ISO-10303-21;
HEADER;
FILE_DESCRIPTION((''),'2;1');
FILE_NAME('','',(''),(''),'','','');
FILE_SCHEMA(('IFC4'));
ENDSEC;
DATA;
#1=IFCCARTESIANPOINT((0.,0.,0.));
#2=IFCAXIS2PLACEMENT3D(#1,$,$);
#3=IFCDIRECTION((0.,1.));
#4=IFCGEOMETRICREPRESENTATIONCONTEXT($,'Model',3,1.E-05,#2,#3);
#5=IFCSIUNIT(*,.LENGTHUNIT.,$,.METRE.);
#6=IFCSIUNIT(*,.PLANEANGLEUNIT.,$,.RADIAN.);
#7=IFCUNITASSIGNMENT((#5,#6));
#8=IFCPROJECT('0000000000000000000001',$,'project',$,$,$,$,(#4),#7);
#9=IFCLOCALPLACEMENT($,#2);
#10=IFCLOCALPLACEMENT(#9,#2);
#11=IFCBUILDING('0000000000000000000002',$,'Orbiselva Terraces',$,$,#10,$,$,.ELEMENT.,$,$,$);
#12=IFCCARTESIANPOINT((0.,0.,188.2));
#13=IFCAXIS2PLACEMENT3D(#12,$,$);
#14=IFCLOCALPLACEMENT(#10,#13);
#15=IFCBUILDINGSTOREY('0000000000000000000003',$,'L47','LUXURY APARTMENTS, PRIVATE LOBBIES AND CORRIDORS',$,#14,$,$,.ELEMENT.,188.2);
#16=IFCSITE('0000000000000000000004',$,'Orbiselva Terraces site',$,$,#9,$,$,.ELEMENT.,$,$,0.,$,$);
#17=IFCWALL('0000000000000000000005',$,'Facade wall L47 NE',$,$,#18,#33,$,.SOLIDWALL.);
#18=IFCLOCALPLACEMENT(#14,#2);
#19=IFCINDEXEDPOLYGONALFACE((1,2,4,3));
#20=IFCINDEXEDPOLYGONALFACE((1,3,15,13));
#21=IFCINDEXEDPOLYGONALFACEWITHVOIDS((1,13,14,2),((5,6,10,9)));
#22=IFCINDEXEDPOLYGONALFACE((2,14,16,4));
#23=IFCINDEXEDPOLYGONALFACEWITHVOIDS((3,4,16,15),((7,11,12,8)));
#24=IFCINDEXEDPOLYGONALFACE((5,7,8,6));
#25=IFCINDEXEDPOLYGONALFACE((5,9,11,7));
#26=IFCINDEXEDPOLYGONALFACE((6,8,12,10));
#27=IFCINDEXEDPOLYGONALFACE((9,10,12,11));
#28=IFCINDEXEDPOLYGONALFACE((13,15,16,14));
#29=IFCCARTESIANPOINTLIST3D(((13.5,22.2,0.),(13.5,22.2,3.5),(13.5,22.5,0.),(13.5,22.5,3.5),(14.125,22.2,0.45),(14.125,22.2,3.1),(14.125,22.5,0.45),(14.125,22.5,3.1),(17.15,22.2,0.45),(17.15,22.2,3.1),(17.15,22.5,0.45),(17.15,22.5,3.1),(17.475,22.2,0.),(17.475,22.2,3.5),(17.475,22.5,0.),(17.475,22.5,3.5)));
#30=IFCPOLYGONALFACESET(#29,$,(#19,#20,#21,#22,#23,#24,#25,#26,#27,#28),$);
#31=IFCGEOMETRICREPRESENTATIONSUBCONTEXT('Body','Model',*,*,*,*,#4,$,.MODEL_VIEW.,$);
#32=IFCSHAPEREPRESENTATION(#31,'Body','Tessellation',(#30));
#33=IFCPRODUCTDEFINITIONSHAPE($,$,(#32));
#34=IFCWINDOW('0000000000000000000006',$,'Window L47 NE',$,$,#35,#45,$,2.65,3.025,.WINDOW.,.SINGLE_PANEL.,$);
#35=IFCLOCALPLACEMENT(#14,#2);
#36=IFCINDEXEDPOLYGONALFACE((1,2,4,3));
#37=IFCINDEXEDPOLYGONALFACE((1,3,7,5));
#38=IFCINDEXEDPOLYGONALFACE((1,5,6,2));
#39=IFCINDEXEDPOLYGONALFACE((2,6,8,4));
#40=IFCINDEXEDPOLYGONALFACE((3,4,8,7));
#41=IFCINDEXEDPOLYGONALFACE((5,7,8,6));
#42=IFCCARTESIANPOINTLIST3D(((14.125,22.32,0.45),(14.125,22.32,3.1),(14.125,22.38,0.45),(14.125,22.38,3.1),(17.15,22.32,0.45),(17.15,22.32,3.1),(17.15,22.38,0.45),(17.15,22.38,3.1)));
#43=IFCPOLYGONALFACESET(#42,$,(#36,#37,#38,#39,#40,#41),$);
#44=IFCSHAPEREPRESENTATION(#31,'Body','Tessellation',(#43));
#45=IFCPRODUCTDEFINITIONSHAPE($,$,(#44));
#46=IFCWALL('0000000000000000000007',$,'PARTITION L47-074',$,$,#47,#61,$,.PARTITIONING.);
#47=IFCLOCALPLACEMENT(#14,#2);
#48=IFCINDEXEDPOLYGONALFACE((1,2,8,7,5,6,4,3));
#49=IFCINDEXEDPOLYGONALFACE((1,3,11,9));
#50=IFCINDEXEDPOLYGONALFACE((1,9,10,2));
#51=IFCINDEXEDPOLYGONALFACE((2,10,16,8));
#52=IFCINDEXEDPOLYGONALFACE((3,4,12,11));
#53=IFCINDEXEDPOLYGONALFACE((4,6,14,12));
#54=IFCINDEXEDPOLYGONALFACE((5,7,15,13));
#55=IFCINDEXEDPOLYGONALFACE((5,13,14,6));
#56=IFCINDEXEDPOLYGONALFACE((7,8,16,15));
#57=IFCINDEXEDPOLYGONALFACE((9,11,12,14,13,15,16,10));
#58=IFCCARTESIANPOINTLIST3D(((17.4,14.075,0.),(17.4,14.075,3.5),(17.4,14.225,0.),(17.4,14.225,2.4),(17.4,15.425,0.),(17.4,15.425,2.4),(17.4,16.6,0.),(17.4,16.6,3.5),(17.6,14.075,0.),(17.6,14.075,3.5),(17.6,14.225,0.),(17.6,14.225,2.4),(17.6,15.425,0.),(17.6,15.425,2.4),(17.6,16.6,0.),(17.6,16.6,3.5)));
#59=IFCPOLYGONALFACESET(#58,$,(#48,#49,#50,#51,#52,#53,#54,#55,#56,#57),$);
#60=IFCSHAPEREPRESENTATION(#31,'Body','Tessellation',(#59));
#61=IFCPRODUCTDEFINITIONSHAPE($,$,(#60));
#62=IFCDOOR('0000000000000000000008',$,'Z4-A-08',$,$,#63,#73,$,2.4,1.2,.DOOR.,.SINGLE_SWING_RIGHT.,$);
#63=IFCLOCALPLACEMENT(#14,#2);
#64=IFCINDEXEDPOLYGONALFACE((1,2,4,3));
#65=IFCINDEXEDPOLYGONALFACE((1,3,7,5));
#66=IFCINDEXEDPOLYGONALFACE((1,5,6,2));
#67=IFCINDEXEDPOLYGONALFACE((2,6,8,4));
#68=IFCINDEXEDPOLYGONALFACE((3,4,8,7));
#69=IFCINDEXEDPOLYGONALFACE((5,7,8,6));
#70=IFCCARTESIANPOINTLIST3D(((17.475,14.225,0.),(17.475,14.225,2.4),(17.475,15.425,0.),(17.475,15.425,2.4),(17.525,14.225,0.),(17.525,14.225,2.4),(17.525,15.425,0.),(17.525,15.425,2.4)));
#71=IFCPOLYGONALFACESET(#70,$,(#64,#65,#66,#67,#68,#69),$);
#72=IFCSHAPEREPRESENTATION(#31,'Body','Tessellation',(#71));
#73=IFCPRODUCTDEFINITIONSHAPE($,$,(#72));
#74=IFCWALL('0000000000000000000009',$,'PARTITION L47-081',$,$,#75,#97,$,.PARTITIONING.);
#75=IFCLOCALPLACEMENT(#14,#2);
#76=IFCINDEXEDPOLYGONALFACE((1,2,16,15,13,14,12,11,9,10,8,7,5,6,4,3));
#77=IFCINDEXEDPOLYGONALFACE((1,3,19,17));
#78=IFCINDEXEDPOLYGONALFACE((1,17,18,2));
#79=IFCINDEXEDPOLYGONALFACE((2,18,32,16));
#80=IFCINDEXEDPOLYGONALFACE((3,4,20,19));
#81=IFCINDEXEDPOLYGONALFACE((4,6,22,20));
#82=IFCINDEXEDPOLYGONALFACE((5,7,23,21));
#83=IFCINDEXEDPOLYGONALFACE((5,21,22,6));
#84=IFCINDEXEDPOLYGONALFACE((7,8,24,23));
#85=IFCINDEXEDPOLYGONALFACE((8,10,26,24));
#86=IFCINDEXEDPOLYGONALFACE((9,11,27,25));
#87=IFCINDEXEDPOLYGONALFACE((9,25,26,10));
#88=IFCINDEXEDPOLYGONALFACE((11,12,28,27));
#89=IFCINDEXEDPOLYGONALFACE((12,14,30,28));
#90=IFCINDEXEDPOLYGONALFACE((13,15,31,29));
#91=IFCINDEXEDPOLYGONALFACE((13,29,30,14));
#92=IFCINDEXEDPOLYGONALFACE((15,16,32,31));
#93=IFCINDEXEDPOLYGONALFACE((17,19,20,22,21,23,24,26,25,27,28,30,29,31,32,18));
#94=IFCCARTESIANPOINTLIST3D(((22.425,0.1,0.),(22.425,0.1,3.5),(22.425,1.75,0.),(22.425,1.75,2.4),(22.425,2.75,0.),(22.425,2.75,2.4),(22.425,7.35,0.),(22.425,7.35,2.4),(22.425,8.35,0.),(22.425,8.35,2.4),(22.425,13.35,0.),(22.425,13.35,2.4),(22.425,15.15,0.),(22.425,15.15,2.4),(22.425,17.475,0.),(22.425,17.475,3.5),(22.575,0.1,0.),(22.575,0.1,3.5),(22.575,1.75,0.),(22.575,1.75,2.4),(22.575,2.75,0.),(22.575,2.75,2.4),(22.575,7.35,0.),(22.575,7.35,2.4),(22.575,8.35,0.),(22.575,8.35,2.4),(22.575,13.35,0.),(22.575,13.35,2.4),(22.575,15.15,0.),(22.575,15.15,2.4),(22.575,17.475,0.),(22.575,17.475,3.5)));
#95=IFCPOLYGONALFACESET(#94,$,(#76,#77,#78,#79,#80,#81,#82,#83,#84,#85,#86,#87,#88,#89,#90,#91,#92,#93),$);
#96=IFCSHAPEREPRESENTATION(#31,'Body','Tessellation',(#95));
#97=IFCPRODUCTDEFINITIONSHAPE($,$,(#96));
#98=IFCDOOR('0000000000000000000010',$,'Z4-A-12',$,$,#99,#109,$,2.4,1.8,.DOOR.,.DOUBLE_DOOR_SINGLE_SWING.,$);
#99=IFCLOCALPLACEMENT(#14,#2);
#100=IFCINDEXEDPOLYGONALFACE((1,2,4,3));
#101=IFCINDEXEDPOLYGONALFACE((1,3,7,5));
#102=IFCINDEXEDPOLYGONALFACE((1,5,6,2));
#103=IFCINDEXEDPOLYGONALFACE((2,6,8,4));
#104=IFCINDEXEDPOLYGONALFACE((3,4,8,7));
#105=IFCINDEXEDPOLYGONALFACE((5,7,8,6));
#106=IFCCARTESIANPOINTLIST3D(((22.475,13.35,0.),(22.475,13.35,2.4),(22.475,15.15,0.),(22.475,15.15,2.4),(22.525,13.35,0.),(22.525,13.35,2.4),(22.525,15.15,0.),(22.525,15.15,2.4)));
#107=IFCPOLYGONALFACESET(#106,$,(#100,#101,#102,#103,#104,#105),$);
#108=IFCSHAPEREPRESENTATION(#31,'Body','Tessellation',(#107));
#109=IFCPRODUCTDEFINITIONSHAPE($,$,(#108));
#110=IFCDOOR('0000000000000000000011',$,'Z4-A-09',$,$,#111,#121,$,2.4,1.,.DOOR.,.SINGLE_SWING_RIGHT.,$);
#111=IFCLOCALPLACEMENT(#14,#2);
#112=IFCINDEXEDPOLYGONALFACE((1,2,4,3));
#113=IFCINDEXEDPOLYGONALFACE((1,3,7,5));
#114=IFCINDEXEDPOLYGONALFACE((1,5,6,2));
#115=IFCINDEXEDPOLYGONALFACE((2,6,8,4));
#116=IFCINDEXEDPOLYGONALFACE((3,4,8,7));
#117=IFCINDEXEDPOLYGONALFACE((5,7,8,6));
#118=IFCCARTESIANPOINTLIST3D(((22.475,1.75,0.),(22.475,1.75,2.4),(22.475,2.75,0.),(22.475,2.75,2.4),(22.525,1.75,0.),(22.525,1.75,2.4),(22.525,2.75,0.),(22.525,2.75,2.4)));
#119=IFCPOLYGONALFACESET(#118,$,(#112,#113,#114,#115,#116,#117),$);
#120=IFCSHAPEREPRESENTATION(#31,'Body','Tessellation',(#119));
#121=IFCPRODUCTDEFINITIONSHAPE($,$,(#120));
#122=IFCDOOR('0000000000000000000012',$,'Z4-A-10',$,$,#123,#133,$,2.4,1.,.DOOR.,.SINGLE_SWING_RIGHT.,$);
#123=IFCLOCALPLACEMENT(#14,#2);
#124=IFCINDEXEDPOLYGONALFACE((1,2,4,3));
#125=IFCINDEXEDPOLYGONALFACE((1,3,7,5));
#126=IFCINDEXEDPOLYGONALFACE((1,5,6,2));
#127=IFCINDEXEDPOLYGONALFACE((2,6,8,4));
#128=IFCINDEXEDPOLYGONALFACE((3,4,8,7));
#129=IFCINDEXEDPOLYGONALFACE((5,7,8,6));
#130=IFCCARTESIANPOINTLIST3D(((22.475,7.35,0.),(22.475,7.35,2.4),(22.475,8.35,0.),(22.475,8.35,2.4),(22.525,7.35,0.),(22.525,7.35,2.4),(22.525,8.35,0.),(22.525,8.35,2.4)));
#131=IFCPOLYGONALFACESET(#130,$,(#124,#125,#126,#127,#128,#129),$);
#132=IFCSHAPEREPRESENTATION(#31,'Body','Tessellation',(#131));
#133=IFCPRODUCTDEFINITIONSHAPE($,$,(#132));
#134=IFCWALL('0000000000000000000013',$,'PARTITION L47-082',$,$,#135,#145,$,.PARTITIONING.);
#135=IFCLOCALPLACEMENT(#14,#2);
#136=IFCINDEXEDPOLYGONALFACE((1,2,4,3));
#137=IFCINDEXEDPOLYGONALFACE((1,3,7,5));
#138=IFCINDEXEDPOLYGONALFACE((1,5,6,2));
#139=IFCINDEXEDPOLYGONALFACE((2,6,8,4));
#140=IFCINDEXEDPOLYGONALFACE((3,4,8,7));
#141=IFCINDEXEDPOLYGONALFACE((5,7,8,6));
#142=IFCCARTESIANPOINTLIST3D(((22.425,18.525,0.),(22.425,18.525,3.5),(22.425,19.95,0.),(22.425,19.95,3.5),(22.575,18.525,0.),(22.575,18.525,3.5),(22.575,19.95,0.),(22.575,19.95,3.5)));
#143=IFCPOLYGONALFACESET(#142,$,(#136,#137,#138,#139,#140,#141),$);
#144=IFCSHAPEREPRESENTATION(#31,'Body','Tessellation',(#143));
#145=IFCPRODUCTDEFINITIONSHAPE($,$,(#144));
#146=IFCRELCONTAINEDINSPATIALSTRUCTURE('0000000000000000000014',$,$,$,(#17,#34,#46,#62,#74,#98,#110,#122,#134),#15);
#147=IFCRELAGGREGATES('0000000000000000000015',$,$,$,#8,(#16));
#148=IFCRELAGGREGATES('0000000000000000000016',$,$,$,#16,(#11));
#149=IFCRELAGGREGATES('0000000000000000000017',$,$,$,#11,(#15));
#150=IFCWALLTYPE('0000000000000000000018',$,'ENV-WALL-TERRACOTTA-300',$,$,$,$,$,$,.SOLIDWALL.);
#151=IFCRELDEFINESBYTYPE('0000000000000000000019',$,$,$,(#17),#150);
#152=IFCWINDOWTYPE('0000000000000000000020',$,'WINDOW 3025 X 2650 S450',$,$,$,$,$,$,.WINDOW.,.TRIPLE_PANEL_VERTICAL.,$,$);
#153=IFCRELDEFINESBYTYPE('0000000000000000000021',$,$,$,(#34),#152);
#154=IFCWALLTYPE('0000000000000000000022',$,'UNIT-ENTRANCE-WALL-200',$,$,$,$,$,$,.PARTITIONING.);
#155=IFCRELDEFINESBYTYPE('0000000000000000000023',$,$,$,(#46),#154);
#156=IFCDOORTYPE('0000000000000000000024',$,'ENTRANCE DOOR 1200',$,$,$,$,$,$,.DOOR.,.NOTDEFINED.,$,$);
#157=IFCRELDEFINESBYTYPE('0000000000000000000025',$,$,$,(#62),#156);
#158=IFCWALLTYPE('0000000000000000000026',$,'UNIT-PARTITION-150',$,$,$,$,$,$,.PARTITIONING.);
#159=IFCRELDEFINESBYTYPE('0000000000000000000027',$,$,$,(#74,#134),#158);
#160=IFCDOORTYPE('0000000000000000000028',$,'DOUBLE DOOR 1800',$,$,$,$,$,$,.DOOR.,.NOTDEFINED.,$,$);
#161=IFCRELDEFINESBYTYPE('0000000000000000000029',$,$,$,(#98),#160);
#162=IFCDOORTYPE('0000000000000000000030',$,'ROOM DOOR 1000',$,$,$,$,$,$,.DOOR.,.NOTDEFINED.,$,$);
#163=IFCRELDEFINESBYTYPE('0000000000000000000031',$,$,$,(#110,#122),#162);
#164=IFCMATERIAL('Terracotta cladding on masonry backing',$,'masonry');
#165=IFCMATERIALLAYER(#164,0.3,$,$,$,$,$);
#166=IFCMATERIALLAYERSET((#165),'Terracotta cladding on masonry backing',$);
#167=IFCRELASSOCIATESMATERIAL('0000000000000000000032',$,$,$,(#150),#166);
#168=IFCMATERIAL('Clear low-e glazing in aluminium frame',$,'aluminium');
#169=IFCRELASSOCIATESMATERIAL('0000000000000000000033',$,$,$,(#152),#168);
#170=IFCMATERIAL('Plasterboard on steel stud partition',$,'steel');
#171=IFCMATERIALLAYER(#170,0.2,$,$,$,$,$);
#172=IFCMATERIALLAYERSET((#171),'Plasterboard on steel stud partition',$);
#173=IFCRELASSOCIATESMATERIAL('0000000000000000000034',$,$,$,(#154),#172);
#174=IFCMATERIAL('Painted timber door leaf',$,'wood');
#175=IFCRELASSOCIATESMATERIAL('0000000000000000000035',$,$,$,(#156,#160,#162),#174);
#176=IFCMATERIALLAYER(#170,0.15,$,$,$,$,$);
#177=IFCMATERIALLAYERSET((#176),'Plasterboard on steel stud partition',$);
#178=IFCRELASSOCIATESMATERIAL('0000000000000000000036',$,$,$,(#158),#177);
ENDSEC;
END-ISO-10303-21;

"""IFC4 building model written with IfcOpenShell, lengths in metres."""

from ifc_helpers import new_model, si_unit, direction, frame, frame_2d, origin, place, context, subcontext, project, spatial, rectangle, extrude, material, layer, layer_set, type_object, element, fill, save


model = new_model("IFC4")

# Units and contexts
model_context = context("Model", 3, precision=1e-05, world=origin(), true_north=direction((0.0, 1.0)))
body_context = subcontext(model_context, "Body", "Model", "MODEL_VIEW")
ifc_project = project(units=[si_unit("LENGTHUNIT", "METRE"), si_unit("PLANEANGLEUNIT", "RADIAN")], contexts=[model_context])

# Site, building, storey
site_placement = place(None, origin())
site = spatial("IfcSite", under=ifc_project, at=site_placement, Name="Orbiselva Terraces site", CompositionType="ELEMENT", RefElevation=0.0)
building_placement = place(site_placement, origin())
building = spatial("IfcBuilding", under=site, at=building_placement, Name="Orbiselva Terraces", CompositionType="ELEMENT")
storey_placement = place(building_placement, frame((0.0, 0.0, 188.2)))
storey = spatial("IfcBuildingStorey", under=building, at=storey_placement, Name="L47", Description="LUXURY APARTMENTS, PRIVATE LOBBIES AND CORRIDORS", CompositionType="ELEMENT", Elevation=188.2)

# Shared definitions
ifc_material_1 = material(Name="Terracotta cladding on masonry backing", Category="masonry")
ifc_layer_1 = layer(ifc_material_1, 0.3)
ifc_layer_set_1 = layer_set([ifc_layer_1], Name="Terracotta cladding on masonry backing")
wall_type_1 = type_object("IfcWallType", Name="ENV-WALL-TERRACOTTA-300", PredefinedType="SOLIDWALL", material=ifc_layer_set_1)
ifc_material_2 = material(Name="Clear low-e glazing in aluminium frame", Category="aluminium")
window_type = type_object("IfcWindowType", Name="WINDOW 3025 X 2650 S450", PartitioningType="TRIPLE_PANEL_VERTICAL", PredefinedType="WINDOW", material=ifc_material_2)

# Wall, opening, window
wall_1_placement = place(storey_placement, frame((13.5, 22.35, 0.0), z_axis=(0.0, 0.0, 1.0), x_axis=(1.0, 0.0, 0.0)))
wall_1 = element("IfcWall", 1, at=wall_1_placement, inside=storey, type_object=wall_type_1, Name="Facade wall L47 NE", PredefinedType="SOLIDWALL", context=body_context, shape_type="SweptSolid", body=[
    extrude(rectangle(XDim=3.975, YDim=0.3, at=frame_2d((1.9875, 0.0))), origin(), (0.0, 0.0, 1.0), 3.5),
])
opening_1_placement = place(wall_1_placement, frame((0.625, 0.0, 0.45)))
opening_1 = element("IfcOpeningElement", 2, at=opening_1_placement, cuts=wall_1, PredefinedType="OPENING", context=body_context, shape_type="SweptSolid", body=[
    extrude(rectangle(XDim=3.025, YDim=2.65, at=frame_2d((1.5125, 1.325))), frame((0.0, 0.16, 0.0), z_axis=(0.0, -1.0, 0.0), x_axis=(1.0, 0.0, 0.0)), (0.0, 0.0, 1.0), 0.32),
])
window_1_placement = place(opening_1_placement, origin())
window_1 = element("IfcWindow", 3, at=window_1_placement, inside=storey, type_object=window_type, Name="Window L47 NE", OverallHeight=2.65, OverallWidth=3.025, PartitioningType="SINGLE_PANEL", PredefinedType="WINDOW", context=body_context, shape_type="SweptSolid", body=[
    extrude(rectangle(XDim=3.025, YDim=2.65, at=frame_2d((1.5125, 1.325))), frame((0.0, 0.03, 0.0), z_axis=(0.0, -1.0, 0.0), x_axis=(1.0, 0.0, 0.0)), (0.0, 0.0, 1.0), 0.06),
])
fill(opening_1, window_1)

# Wall, opening, door
ifc_material_3 = material(Name="Plasterboard on steel stud partition", Category="steel")
ifc_layer_2 = layer(ifc_material_3, 0.2)
ifc_layer_set_2 = layer_set([ifc_layer_2], Name="Plasterboard on steel stud partition")
wall_type_2 = type_object("IfcWallType", Name="UNIT-ENTRANCE-WALL-200", PredefinedType="PARTITIONING", material=ifc_layer_set_2)
wall_2_placement = place(storey_placement, frame((17.5, 16.6, 0.0), z_axis=(0.0, 0.0, 1.0), x_axis=(0.0, -1.0, 0.0)))
wall_2 = element("IfcWall", 4, at=wall_2_placement, inside=storey, type_object=wall_type_2, Name="PARTITION L47-074", PredefinedType="PARTITIONING", context=body_context, shape_type="SweptSolid", body=[
    extrude(rectangle(XDim=2.525, YDim=0.2, at=frame_2d((1.2625, 0.0))), origin(), (0.0, 0.0, 1.0), 3.5),
])
opening_2_placement = place(wall_2_placement, frame((1.175, 0.0, 0.0)))
opening_2 = element("IfcOpeningElement", 5, at=opening_2_placement, cuts=wall_2, PredefinedType="OPENING", context=body_context, shape_type="SweptSolid", body=[
    extrude(rectangle(XDim=1.2, YDim=2.4, at=frame_2d((0.6, 1.2))), frame((0.0, 0.11, 0.0), z_axis=(0.0, -1.0, 0.0), x_axis=(1.0, 0.0, 0.0)), (0.0, 0.0, 1.0), 0.22),
])
ifc_material_4 = material(Name="Painted timber door leaf", Category="wood")
door_type_1 = type_object("IfcDoorType", Name="ENTRANCE DOOR 1200", OperationType="NOTDEFINED", PredefinedType="DOOR", material=ifc_material_4)
door_1_placement = place(opening_2_placement, origin())
door_1 = element("IfcDoor", 6, at=door_1_placement, inside=storey, type_object=door_type_1, Name="Z4-A-08", OperationType="SINGLE_SWING_RIGHT", OverallHeight=2.4, OverallWidth=1.2, PredefinedType="DOOR", context=body_context, shape_type="SweptSolid", body=[
    extrude(rectangle(XDim=1.2, YDim=2.4, at=frame_2d((0.6, 1.2))), frame((0.0, 0.025, 0.0), z_axis=(0.0, -1.0, 0.0), x_axis=(1.0, 0.0, 0.0)), (0.0, 0.0, 1.0), 0.05),
])
fill(opening_2, door_1)

# Wall, openings, doors
ifc_layer_3 = layer(ifc_material_3, 0.15)
ifc_layer_set_3 = layer_set([ifc_layer_3], Name="Plasterboard on steel stud partition")
wall_type_3 = type_object("IfcWallType", Name="UNIT-PARTITION-150", PredefinedType="PARTITIONING", material=ifc_layer_set_3)
wall_3_placement = place(storey_placement, frame((22.5, 17.475, 0.0), z_axis=(0.0, 0.0, 1.0), x_axis=(0.0, -1.0, 0.0)))
wall_3 = element("IfcWall", 7, at=wall_3_placement, inside=storey, type_object=wall_type_3, Name="PARTITION L47-081", PredefinedType="PARTITIONING", context=body_context, shape_type="SweptSolid", body=[
    extrude(rectangle(XDim=17.375, YDim=0.15, at=frame_2d((8.6875, 0.0))), origin(), (0.0, 0.0, 1.0), 3.5),
])
opening_3_placement = place(wall_3_placement, frame((14.725, 0.0, 0.0)))
opening_3 = element("IfcOpeningElement", 8, at=opening_3_placement, cuts=wall_3, PredefinedType="OPENING", context=body_context, shape_type="SweptSolid", body=[
    extrude(rectangle(XDim=1.0, YDim=2.4, at=frame_2d((0.5, 1.2))), frame((0.0, 0.085, 0.0), z_axis=(0.0, -1.0, 0.0), x_axis=(1.0, 0.0, 0.0)), (0.0, 0.0, 1.0), 0.17),
])
opening_4_placement = place(wall_3_placement, frame((9.125, 0.0, 0.0)))
opening_4 = element("IfcOpeningElement", 9, at=opening_4_placement, cuts=wall_3, PredefinedType="OPENING", context=body_context, shape_type="SweptSolid", body=[
    extrude(rectangle(XDim=1.0, YDim=2.4, at=frame_2d((0.5, 1.2))), frame((0.0, 0.085, 0.0), z_axis=(0.0, -1.0, 0.0), x_axis=(1.0, 0.0, 0.0)), (0.0, 0.0, 1.0), 0.17),
])
opening_5_placement = place(wall_3_placement, frame((2.325, 0.0, 0.0)))
opening_5 = element("IfcOpeningElement", 10, at=opening_5_placement, cuts=wall_3, PredefinedType="OPENING", context=body_context, shape_type="SweptSolid", body=[
    extrude(rectangle(XDim=1.8, YDim=2.4, at=frame_2d((0.9, 1.2))), frame((0.0, 0.085, 0.0), z_axis=(0.0, -1.0, 0.0), x_axis=(1.0, 0.0, 0.0)), (0.0, 0.0, 1.0), 0.17),
])
door_type_2 = type_object("IfcDoorType", Name="DOUBLE DOOR 1800", OperationType="NOTDEFINED", PredefinedType="DOOR", material=ifc_material_4)
door_2_placement = place(opening_5_placement, origin())
door_2 = element("IfcDoor", 11, at=door_2_placement, inside=storey, type_object=door_type_2, Name="Z4-A-12", OperationType="DOUBLE_DOOR_SINGLE_SWING", OverallHeight=2.4, OverallWidth=1.8, PredefinedType="DOOR", context=body_context, shape_type="SweptSolid", body=[
    extrude(rectangle(XDim=1.8, YDim=2.4, at=frame_2d((0.9, 1.2))), frame((0.0, 0.025, 0.0), z_axis=(0.0, -1.0, 0.0), x_axis=(1.0, 0.0, 0.0)), (0.0, 0.0, 1.0), 0.05),
])
fill(opening_5, door_2)
door_type_3 = type_object("IfcDoorType", Name="ROOM DOOR 1000", OperationType="NOTDEFINED", PredefinedType="DOOR", material=ifc_material_4)
door_3_placement = place(opening_3_placement, origin())
door_3 = element("IfcDoor", 12, at=door_3_placement, inside=storey, type_object=door_type_3, Name="Z4-A-09", OperationType="SINGLE_SWING_RIGHT", OverallHeight=2.4, OverallWidth=1.0, PredefinedType="DOOR", context=body_context, shape_type="SweptSolid", body=[
    extrude(rectangle(XDim=1.0, YDim=2.4, at=frame_2d((0.5, 1.2))), frame((0.0, 0.025, 0.0), z_axis=(0.0, -1.0, 0.0), x_axis=(1.0, 0.0, 0.0)), (0.0, 0.0, 1.0), 0.05),
])
fill(opening_3, door_3)
door_4_placement = place(opening_4_placement, origin())
door_4 = element("IfcDoor", 13, at=door_4_placement, inside=storey, type_object=door_type_3, Name="Z4-A-10", OperationType="SINGLE_SWING_RIGHT", OverallHeight=2.4, OverallWidth=1.0, PredefinedType="DOOR", context=body_context, shape_type="SweptSolid", body=[
    extrude(rectangle(XDim=1.0, YDim=2.4, at=frame_2d((0.5, 1.2))), frame((0.0, 0.025, 0.0), z_axis=(0.0, -1.0, 0.0), x_axis=(1.0, 0.0, 0.0)), (0.0, 0.0, 1.0), 0.05),
])
fill(opening_4, door_4)

# Wall
wall_4_placement = place(storey_placement, frame((22.5, 18.525, 0.0), z_axis=(0.0, 0.0, 1.0), x_axis=(0.0, 1.0, 0.0)))
element("IfcWall", 14, at=wall_4_placement, inside=storey, type_object=wall_type_3, Name="PARTITION L47-082", PredefinedType="PARTITIONING", context=body_context, shape_type="SweptSolid", body=[
    extrude(rectangle(XDim=1.425, YDim=0.15, at=frame_2d((0.7125, 0.0))), origin(), (0.0, 0.0, 1.0), 3.5),
])

save(model, "model.ifc")
